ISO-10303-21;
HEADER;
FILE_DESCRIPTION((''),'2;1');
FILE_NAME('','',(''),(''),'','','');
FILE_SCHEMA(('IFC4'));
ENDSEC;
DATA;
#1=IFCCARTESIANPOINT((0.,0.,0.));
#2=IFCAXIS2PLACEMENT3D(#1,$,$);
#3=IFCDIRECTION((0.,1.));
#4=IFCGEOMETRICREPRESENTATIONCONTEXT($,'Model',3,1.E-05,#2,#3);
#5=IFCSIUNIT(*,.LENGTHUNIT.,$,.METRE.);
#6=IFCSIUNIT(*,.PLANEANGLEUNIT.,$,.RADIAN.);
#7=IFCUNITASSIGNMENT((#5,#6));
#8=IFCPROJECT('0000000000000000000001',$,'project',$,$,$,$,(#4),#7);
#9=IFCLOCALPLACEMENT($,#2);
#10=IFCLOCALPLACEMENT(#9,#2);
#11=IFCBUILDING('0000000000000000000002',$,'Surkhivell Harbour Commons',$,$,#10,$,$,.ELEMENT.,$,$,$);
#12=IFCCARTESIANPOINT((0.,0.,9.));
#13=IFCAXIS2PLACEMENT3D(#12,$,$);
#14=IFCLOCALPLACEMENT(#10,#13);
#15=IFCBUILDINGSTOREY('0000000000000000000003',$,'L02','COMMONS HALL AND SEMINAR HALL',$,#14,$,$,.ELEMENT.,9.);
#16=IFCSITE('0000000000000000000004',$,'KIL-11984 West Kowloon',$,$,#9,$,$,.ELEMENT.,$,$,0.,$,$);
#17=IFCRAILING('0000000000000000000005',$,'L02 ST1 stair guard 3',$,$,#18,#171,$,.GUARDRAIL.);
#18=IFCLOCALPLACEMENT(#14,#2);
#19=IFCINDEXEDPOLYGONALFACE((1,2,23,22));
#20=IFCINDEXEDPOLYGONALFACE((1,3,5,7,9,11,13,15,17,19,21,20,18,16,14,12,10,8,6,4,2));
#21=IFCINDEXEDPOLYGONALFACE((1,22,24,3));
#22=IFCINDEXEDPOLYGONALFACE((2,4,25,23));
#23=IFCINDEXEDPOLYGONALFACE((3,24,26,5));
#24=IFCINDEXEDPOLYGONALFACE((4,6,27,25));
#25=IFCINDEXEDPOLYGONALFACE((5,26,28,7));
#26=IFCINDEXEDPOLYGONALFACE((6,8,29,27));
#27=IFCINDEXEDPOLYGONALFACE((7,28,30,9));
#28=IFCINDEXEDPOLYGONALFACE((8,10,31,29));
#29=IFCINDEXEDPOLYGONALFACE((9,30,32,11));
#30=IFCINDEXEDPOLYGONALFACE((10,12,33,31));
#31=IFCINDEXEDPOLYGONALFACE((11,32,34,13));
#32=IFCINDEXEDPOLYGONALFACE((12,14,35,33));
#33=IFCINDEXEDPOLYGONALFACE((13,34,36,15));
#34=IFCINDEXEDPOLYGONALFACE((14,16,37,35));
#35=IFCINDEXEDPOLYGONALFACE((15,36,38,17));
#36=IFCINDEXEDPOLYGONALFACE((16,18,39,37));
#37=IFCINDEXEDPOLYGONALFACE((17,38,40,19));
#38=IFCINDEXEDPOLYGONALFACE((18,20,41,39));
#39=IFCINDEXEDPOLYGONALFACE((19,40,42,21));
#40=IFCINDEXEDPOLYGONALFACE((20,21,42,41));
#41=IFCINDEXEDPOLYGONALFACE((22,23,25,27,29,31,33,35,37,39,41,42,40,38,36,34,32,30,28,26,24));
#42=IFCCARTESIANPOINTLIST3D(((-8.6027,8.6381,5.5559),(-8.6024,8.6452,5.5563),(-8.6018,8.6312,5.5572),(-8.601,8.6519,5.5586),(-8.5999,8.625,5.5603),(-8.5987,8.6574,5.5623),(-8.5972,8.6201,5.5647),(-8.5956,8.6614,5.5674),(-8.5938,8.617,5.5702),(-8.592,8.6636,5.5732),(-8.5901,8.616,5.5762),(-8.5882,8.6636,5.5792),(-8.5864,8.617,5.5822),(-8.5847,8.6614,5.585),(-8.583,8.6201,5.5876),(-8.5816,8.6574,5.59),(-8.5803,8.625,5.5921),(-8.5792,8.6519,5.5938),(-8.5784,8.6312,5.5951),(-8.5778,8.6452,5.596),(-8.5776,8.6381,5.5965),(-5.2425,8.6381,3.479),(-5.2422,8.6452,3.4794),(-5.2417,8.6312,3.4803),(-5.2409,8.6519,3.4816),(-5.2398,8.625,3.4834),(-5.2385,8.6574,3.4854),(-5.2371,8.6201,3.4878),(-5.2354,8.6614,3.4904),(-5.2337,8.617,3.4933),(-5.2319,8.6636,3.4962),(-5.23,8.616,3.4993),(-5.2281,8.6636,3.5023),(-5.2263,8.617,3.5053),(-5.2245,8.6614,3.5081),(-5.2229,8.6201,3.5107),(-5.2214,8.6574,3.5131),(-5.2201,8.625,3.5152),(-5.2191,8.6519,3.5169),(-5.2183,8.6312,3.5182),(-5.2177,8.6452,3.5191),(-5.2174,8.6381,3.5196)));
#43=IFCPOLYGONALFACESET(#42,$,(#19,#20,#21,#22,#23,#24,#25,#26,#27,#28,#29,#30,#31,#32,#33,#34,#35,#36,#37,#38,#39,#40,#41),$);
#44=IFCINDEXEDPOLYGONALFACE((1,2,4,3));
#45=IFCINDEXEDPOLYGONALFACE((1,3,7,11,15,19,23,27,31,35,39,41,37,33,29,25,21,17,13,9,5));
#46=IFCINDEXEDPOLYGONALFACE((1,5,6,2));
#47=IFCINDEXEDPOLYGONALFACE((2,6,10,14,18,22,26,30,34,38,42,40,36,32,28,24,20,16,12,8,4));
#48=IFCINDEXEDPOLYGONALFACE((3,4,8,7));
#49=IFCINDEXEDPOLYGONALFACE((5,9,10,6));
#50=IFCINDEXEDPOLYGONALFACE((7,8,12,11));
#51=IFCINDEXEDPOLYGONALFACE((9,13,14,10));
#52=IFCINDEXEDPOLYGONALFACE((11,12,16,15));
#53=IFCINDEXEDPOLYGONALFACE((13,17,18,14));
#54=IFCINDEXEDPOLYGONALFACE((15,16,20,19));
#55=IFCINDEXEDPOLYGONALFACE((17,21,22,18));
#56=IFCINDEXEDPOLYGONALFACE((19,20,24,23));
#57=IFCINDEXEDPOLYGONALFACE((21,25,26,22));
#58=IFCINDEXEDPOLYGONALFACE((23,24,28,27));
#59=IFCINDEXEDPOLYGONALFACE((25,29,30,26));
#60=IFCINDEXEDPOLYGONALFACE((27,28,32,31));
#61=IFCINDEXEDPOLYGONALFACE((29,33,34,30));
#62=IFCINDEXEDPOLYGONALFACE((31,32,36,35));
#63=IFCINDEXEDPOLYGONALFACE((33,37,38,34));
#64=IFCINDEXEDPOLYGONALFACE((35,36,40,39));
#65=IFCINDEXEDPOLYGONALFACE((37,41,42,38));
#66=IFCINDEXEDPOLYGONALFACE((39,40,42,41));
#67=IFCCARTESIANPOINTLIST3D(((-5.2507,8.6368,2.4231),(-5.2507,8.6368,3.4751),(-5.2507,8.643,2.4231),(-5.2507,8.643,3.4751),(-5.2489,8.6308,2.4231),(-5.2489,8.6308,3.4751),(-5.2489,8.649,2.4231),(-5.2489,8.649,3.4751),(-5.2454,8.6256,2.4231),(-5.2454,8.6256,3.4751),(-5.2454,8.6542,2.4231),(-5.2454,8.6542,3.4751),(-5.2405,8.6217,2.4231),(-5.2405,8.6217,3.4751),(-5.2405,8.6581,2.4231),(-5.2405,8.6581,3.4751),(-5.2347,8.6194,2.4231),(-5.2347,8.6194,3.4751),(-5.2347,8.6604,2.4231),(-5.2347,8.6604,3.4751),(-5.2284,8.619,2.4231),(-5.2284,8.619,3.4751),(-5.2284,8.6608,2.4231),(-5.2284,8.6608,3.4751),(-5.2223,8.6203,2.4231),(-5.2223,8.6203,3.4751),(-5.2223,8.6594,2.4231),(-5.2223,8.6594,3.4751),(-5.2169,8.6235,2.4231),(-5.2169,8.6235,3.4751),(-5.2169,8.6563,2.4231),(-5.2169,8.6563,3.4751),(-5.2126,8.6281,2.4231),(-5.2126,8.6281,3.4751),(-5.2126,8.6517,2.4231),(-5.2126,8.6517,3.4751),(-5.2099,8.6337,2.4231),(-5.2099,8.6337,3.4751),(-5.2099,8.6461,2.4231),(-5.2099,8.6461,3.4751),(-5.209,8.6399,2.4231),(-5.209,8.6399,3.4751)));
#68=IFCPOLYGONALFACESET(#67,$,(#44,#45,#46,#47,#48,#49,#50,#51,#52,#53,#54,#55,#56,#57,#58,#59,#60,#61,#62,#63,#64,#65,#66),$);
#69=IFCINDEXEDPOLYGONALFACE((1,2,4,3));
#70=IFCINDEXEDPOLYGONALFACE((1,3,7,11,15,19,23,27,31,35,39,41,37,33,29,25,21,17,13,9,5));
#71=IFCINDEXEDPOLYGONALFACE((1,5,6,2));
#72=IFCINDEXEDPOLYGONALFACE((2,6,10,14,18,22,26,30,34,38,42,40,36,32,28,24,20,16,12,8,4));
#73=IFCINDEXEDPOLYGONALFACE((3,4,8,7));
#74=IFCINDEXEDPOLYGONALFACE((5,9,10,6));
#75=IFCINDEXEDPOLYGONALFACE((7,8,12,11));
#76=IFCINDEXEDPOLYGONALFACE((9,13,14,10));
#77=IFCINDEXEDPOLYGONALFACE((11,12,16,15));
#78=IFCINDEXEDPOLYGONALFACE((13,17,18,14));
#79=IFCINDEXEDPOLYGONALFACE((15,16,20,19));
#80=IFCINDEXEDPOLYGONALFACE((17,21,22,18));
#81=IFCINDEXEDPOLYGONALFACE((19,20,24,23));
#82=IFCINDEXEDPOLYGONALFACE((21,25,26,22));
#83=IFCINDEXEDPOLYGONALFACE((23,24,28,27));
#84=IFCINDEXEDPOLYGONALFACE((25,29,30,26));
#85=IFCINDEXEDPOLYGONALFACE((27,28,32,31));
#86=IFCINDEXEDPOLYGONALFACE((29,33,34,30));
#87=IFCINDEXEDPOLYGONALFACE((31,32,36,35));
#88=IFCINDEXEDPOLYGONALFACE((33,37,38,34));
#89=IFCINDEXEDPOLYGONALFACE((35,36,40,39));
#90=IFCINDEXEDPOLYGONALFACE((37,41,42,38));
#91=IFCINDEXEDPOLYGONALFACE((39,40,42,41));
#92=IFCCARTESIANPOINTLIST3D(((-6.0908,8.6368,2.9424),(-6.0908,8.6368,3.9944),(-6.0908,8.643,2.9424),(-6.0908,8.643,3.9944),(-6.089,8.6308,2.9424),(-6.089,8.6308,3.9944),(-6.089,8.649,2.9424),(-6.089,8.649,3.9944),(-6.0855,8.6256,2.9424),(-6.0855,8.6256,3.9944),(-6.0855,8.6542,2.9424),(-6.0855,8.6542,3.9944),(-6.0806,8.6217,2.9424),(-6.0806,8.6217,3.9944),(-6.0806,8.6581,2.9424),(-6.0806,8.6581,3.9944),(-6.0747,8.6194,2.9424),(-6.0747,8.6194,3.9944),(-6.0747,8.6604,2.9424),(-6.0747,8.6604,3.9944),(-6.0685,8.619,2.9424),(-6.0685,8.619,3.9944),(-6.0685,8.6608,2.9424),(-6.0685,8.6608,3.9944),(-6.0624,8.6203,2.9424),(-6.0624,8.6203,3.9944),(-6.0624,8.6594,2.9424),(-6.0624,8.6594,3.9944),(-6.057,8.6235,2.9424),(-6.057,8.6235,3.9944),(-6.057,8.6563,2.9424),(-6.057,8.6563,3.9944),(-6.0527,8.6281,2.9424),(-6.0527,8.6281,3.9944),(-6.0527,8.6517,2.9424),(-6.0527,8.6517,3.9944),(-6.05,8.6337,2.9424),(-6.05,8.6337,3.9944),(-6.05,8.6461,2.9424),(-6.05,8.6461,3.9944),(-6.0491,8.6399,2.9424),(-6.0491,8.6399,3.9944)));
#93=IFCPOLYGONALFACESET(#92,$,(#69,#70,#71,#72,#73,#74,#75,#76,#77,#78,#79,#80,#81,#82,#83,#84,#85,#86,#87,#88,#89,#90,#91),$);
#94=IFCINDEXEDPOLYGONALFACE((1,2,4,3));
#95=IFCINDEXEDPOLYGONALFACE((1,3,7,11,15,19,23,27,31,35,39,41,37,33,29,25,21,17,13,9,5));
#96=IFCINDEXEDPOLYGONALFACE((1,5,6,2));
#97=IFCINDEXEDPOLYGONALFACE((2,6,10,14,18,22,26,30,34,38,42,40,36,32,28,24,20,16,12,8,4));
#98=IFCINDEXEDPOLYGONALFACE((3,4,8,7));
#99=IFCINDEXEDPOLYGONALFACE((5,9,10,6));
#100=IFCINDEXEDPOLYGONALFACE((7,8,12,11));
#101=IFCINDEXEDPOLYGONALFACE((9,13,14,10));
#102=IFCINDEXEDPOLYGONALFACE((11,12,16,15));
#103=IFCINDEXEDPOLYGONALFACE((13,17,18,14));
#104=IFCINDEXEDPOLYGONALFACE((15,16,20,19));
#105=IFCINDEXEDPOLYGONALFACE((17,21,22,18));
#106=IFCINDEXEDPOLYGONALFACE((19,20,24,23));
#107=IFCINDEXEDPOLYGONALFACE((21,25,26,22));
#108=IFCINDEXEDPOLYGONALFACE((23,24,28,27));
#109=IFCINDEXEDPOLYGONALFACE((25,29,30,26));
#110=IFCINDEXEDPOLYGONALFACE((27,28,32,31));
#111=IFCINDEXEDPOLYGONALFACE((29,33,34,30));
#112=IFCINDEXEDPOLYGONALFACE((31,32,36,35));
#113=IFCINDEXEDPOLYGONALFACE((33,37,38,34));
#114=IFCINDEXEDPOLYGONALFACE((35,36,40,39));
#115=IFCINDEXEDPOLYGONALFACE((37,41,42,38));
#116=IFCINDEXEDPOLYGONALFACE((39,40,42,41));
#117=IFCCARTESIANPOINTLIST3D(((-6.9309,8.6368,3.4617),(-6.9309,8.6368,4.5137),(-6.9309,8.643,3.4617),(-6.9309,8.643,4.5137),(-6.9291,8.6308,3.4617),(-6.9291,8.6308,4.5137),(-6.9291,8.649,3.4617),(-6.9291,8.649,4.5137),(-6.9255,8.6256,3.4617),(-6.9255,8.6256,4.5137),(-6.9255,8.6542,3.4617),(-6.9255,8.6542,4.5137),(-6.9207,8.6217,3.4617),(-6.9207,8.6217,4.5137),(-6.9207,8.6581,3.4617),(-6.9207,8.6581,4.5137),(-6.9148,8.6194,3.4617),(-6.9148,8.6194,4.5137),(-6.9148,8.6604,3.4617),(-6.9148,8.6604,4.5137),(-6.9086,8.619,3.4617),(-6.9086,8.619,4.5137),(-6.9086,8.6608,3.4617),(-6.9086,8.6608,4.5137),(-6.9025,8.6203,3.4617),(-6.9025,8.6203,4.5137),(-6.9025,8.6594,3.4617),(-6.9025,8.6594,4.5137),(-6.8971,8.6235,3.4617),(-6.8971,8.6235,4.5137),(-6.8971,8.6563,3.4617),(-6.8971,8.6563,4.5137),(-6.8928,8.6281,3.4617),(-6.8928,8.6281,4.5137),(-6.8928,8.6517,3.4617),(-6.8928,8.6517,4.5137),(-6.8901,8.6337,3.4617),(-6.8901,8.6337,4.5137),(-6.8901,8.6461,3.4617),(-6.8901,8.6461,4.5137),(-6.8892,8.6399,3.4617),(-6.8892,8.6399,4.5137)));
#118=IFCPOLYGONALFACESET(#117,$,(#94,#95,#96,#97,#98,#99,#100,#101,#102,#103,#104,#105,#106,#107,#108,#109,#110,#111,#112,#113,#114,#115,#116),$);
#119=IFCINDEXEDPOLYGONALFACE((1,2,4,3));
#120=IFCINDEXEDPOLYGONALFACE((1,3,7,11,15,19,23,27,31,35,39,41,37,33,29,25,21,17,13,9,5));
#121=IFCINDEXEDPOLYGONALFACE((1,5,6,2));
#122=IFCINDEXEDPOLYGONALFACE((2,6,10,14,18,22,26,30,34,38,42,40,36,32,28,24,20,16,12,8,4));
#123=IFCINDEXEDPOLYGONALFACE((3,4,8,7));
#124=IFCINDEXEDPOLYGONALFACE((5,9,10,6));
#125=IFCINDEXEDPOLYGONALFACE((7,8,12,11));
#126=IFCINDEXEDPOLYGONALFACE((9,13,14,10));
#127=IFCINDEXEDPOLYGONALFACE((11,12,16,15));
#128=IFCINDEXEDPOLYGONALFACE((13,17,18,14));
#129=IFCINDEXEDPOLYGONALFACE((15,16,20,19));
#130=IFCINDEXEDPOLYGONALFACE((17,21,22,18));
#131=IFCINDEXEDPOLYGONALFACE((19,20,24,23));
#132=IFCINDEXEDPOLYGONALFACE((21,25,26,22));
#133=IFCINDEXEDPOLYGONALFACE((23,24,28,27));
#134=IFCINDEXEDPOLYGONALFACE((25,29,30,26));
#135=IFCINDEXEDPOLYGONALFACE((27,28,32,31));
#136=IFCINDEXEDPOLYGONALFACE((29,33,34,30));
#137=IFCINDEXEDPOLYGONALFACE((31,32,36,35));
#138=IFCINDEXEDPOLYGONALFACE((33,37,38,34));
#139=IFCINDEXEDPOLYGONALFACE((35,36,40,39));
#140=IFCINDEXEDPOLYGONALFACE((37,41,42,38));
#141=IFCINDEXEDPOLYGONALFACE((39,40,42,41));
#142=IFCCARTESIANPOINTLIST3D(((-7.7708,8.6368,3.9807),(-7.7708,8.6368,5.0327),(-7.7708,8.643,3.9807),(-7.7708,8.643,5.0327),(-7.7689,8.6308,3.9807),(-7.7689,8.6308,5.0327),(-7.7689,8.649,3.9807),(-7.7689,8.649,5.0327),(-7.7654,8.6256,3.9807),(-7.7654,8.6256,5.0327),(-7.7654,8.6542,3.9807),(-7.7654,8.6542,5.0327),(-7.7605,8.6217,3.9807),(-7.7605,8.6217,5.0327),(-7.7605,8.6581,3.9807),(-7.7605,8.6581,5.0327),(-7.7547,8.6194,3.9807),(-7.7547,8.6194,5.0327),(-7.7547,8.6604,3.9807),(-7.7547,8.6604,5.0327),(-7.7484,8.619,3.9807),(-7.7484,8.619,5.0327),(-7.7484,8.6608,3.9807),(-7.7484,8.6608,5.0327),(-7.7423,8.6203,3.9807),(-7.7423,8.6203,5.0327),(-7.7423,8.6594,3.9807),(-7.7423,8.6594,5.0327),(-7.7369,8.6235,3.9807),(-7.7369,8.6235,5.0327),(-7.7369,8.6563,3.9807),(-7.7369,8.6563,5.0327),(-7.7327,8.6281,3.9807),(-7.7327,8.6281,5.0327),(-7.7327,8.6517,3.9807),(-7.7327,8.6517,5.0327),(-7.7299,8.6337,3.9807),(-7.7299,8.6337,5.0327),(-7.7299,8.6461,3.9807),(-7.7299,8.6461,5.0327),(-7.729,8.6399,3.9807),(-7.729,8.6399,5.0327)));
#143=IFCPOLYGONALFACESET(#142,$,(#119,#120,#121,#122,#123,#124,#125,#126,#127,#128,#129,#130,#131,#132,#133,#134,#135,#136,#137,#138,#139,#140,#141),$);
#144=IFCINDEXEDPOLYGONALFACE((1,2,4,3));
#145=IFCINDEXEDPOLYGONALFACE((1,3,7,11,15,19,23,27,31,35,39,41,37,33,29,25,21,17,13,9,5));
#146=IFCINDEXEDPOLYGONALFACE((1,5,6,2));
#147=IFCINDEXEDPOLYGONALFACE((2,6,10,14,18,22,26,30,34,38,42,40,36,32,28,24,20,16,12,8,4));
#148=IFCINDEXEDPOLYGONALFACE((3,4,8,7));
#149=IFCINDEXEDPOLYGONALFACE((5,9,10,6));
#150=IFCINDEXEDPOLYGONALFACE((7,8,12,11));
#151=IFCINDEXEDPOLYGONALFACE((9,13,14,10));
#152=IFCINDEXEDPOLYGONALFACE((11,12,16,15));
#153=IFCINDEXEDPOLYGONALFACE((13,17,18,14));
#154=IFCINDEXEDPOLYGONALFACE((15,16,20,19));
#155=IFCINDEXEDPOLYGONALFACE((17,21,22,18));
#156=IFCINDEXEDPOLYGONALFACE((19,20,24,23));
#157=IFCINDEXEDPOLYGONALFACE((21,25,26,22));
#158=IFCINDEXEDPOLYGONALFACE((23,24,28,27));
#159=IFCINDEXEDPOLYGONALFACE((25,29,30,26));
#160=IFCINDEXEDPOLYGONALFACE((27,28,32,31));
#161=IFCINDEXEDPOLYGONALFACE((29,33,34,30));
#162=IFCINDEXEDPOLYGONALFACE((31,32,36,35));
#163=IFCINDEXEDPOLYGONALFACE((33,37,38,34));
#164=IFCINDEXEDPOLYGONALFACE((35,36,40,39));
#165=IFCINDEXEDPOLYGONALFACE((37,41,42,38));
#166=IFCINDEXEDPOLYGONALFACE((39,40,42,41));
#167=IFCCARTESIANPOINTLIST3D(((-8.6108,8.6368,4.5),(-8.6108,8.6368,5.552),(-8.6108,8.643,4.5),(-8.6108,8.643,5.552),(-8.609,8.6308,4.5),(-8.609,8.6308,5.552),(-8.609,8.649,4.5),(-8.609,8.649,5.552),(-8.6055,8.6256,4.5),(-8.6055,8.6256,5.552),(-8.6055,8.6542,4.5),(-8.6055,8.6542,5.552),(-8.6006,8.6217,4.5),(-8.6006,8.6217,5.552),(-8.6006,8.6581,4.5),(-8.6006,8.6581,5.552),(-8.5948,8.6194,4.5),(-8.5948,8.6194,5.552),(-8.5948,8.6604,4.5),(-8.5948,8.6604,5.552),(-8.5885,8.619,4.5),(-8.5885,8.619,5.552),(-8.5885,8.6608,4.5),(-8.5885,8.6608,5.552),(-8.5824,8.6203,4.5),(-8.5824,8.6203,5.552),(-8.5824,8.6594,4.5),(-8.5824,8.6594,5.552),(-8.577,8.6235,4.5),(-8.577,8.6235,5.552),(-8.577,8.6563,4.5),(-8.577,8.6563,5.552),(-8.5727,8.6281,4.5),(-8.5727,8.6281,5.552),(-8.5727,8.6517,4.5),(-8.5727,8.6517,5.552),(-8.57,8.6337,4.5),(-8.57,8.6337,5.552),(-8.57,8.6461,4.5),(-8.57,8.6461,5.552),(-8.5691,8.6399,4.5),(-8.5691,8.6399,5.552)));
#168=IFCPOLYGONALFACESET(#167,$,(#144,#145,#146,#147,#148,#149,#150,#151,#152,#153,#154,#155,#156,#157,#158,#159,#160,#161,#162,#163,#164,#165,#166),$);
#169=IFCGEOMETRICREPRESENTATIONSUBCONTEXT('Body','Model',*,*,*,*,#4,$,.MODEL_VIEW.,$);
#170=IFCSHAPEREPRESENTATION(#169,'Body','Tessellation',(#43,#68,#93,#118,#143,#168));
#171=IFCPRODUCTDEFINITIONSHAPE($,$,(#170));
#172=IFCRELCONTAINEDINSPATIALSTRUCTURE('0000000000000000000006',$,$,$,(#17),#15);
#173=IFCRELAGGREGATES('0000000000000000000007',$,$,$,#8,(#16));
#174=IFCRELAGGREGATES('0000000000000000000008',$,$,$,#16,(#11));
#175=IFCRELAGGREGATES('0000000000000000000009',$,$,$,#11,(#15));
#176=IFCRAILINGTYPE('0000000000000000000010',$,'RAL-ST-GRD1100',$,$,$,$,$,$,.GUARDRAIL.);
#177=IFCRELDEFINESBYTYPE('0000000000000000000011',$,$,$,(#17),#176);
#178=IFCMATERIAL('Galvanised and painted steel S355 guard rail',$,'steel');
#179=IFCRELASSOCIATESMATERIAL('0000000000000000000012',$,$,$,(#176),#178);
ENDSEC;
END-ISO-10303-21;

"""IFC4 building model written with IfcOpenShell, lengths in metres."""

from ifc_helpers import new_model, si_unit, direction, frame, origin, origin_2d, place, context, subcontext, project, spatial, circle, extrude, material, type_object, element, save


model = new_model("IFC4")

# Units and contexts
model_context = context("Model", 3, precision=1e-05, world=origin(), true_north=direction((0.0, 1.0)))
body_context = subcontext(model_context, "Body", "Model", "MODEL_VIEW")
ifc_project = project(units=[si_unit("LENGTHUNIT", "METRE"), si_unit("PLANEANGLEUNIT", "RADIAN")], contexts=[model_context])

# Site, building, storey
site_placement = place(None, origin())
site = spatial("IfcSite", under=ifc_project, at=site_placement, Name="KIL-11984 West Kowloon", CompositionType="ELEMENT", RefElevation=0.0)
building_placement = place(site_placement, origin())
building = spatial("IfcBuilding", under=site, at=building_placement, Name="Surkhivell Harbour Commons", CompositionType="ELEMENT")
storey_placement = place(building_placement, frame((0.0, 0.0, 9.0)))
storey = spatial("IfcBuildingStorey", under=building, at=storey_placement, Name="L02", Description="COMMONS HALL AND SEMINAR HALL", CompositionType="ELEMENT", Elevation=9.0)

# Railing
ifc_material_1 = material(Name="Galvanised and painted steel S355 guard rail", Category="steel")
railing_type_1 = type_object("IfcRailingType", Name="RAL-ST-GRD1100", PredefinedType="GUARDRAIL", material=ifc_material_1)
railing_1_placement = place(storey_placement, frame((-5.23, 8.6399, 2.4231)))
element("IfcRailing", 1, at=railing_1_placement, inside=storey, type_object=railing_type_1, Name="L02 ST1 stair guard 3", PredefinedType="GUARDRAIL", context=body_context, shape_type="SweptSolid", body=[
    extrude(circle(Radius=0.0239, at=origin_2d()), frame((0.0, 0.0, 1.0762), z_axis=(-0.850623, 0.0, 0.525776), x_axis=(0.0, -1.0, 0.0)), (0.0, 0.0, 1.0), 3.9502),
    extrude(circle(Radius=0.021, at=origin_2d()), origin(), (0.0, 0.0, 1.0), 1.052),
    extrude(circle(Radius=0.021, at=origin_2d()), frame((-0.8401, 0.0, 0.5193)), (0.0, 0.0, 1.0), 1.052),
    extrude(circle(Radius=0.021, at=origin_2d()), frame((-1.6802, 0.0, 1.0386)), (0.0, 0.0, 1.0), 1.052),
    extrude(circle(Radius=0.021, at=origin_2d()), frame((-2.52, 0.0, 1.5576)), (0.0, 0.0, 1.0), 1.052),
    extrude(circle(Radius=0.021, at=origin_2d()), frame((-3.3601, 0.0, 2.0769)), (0.0, 0.0, 1.0), 1.052),
])

save(model, "model.ifc")
